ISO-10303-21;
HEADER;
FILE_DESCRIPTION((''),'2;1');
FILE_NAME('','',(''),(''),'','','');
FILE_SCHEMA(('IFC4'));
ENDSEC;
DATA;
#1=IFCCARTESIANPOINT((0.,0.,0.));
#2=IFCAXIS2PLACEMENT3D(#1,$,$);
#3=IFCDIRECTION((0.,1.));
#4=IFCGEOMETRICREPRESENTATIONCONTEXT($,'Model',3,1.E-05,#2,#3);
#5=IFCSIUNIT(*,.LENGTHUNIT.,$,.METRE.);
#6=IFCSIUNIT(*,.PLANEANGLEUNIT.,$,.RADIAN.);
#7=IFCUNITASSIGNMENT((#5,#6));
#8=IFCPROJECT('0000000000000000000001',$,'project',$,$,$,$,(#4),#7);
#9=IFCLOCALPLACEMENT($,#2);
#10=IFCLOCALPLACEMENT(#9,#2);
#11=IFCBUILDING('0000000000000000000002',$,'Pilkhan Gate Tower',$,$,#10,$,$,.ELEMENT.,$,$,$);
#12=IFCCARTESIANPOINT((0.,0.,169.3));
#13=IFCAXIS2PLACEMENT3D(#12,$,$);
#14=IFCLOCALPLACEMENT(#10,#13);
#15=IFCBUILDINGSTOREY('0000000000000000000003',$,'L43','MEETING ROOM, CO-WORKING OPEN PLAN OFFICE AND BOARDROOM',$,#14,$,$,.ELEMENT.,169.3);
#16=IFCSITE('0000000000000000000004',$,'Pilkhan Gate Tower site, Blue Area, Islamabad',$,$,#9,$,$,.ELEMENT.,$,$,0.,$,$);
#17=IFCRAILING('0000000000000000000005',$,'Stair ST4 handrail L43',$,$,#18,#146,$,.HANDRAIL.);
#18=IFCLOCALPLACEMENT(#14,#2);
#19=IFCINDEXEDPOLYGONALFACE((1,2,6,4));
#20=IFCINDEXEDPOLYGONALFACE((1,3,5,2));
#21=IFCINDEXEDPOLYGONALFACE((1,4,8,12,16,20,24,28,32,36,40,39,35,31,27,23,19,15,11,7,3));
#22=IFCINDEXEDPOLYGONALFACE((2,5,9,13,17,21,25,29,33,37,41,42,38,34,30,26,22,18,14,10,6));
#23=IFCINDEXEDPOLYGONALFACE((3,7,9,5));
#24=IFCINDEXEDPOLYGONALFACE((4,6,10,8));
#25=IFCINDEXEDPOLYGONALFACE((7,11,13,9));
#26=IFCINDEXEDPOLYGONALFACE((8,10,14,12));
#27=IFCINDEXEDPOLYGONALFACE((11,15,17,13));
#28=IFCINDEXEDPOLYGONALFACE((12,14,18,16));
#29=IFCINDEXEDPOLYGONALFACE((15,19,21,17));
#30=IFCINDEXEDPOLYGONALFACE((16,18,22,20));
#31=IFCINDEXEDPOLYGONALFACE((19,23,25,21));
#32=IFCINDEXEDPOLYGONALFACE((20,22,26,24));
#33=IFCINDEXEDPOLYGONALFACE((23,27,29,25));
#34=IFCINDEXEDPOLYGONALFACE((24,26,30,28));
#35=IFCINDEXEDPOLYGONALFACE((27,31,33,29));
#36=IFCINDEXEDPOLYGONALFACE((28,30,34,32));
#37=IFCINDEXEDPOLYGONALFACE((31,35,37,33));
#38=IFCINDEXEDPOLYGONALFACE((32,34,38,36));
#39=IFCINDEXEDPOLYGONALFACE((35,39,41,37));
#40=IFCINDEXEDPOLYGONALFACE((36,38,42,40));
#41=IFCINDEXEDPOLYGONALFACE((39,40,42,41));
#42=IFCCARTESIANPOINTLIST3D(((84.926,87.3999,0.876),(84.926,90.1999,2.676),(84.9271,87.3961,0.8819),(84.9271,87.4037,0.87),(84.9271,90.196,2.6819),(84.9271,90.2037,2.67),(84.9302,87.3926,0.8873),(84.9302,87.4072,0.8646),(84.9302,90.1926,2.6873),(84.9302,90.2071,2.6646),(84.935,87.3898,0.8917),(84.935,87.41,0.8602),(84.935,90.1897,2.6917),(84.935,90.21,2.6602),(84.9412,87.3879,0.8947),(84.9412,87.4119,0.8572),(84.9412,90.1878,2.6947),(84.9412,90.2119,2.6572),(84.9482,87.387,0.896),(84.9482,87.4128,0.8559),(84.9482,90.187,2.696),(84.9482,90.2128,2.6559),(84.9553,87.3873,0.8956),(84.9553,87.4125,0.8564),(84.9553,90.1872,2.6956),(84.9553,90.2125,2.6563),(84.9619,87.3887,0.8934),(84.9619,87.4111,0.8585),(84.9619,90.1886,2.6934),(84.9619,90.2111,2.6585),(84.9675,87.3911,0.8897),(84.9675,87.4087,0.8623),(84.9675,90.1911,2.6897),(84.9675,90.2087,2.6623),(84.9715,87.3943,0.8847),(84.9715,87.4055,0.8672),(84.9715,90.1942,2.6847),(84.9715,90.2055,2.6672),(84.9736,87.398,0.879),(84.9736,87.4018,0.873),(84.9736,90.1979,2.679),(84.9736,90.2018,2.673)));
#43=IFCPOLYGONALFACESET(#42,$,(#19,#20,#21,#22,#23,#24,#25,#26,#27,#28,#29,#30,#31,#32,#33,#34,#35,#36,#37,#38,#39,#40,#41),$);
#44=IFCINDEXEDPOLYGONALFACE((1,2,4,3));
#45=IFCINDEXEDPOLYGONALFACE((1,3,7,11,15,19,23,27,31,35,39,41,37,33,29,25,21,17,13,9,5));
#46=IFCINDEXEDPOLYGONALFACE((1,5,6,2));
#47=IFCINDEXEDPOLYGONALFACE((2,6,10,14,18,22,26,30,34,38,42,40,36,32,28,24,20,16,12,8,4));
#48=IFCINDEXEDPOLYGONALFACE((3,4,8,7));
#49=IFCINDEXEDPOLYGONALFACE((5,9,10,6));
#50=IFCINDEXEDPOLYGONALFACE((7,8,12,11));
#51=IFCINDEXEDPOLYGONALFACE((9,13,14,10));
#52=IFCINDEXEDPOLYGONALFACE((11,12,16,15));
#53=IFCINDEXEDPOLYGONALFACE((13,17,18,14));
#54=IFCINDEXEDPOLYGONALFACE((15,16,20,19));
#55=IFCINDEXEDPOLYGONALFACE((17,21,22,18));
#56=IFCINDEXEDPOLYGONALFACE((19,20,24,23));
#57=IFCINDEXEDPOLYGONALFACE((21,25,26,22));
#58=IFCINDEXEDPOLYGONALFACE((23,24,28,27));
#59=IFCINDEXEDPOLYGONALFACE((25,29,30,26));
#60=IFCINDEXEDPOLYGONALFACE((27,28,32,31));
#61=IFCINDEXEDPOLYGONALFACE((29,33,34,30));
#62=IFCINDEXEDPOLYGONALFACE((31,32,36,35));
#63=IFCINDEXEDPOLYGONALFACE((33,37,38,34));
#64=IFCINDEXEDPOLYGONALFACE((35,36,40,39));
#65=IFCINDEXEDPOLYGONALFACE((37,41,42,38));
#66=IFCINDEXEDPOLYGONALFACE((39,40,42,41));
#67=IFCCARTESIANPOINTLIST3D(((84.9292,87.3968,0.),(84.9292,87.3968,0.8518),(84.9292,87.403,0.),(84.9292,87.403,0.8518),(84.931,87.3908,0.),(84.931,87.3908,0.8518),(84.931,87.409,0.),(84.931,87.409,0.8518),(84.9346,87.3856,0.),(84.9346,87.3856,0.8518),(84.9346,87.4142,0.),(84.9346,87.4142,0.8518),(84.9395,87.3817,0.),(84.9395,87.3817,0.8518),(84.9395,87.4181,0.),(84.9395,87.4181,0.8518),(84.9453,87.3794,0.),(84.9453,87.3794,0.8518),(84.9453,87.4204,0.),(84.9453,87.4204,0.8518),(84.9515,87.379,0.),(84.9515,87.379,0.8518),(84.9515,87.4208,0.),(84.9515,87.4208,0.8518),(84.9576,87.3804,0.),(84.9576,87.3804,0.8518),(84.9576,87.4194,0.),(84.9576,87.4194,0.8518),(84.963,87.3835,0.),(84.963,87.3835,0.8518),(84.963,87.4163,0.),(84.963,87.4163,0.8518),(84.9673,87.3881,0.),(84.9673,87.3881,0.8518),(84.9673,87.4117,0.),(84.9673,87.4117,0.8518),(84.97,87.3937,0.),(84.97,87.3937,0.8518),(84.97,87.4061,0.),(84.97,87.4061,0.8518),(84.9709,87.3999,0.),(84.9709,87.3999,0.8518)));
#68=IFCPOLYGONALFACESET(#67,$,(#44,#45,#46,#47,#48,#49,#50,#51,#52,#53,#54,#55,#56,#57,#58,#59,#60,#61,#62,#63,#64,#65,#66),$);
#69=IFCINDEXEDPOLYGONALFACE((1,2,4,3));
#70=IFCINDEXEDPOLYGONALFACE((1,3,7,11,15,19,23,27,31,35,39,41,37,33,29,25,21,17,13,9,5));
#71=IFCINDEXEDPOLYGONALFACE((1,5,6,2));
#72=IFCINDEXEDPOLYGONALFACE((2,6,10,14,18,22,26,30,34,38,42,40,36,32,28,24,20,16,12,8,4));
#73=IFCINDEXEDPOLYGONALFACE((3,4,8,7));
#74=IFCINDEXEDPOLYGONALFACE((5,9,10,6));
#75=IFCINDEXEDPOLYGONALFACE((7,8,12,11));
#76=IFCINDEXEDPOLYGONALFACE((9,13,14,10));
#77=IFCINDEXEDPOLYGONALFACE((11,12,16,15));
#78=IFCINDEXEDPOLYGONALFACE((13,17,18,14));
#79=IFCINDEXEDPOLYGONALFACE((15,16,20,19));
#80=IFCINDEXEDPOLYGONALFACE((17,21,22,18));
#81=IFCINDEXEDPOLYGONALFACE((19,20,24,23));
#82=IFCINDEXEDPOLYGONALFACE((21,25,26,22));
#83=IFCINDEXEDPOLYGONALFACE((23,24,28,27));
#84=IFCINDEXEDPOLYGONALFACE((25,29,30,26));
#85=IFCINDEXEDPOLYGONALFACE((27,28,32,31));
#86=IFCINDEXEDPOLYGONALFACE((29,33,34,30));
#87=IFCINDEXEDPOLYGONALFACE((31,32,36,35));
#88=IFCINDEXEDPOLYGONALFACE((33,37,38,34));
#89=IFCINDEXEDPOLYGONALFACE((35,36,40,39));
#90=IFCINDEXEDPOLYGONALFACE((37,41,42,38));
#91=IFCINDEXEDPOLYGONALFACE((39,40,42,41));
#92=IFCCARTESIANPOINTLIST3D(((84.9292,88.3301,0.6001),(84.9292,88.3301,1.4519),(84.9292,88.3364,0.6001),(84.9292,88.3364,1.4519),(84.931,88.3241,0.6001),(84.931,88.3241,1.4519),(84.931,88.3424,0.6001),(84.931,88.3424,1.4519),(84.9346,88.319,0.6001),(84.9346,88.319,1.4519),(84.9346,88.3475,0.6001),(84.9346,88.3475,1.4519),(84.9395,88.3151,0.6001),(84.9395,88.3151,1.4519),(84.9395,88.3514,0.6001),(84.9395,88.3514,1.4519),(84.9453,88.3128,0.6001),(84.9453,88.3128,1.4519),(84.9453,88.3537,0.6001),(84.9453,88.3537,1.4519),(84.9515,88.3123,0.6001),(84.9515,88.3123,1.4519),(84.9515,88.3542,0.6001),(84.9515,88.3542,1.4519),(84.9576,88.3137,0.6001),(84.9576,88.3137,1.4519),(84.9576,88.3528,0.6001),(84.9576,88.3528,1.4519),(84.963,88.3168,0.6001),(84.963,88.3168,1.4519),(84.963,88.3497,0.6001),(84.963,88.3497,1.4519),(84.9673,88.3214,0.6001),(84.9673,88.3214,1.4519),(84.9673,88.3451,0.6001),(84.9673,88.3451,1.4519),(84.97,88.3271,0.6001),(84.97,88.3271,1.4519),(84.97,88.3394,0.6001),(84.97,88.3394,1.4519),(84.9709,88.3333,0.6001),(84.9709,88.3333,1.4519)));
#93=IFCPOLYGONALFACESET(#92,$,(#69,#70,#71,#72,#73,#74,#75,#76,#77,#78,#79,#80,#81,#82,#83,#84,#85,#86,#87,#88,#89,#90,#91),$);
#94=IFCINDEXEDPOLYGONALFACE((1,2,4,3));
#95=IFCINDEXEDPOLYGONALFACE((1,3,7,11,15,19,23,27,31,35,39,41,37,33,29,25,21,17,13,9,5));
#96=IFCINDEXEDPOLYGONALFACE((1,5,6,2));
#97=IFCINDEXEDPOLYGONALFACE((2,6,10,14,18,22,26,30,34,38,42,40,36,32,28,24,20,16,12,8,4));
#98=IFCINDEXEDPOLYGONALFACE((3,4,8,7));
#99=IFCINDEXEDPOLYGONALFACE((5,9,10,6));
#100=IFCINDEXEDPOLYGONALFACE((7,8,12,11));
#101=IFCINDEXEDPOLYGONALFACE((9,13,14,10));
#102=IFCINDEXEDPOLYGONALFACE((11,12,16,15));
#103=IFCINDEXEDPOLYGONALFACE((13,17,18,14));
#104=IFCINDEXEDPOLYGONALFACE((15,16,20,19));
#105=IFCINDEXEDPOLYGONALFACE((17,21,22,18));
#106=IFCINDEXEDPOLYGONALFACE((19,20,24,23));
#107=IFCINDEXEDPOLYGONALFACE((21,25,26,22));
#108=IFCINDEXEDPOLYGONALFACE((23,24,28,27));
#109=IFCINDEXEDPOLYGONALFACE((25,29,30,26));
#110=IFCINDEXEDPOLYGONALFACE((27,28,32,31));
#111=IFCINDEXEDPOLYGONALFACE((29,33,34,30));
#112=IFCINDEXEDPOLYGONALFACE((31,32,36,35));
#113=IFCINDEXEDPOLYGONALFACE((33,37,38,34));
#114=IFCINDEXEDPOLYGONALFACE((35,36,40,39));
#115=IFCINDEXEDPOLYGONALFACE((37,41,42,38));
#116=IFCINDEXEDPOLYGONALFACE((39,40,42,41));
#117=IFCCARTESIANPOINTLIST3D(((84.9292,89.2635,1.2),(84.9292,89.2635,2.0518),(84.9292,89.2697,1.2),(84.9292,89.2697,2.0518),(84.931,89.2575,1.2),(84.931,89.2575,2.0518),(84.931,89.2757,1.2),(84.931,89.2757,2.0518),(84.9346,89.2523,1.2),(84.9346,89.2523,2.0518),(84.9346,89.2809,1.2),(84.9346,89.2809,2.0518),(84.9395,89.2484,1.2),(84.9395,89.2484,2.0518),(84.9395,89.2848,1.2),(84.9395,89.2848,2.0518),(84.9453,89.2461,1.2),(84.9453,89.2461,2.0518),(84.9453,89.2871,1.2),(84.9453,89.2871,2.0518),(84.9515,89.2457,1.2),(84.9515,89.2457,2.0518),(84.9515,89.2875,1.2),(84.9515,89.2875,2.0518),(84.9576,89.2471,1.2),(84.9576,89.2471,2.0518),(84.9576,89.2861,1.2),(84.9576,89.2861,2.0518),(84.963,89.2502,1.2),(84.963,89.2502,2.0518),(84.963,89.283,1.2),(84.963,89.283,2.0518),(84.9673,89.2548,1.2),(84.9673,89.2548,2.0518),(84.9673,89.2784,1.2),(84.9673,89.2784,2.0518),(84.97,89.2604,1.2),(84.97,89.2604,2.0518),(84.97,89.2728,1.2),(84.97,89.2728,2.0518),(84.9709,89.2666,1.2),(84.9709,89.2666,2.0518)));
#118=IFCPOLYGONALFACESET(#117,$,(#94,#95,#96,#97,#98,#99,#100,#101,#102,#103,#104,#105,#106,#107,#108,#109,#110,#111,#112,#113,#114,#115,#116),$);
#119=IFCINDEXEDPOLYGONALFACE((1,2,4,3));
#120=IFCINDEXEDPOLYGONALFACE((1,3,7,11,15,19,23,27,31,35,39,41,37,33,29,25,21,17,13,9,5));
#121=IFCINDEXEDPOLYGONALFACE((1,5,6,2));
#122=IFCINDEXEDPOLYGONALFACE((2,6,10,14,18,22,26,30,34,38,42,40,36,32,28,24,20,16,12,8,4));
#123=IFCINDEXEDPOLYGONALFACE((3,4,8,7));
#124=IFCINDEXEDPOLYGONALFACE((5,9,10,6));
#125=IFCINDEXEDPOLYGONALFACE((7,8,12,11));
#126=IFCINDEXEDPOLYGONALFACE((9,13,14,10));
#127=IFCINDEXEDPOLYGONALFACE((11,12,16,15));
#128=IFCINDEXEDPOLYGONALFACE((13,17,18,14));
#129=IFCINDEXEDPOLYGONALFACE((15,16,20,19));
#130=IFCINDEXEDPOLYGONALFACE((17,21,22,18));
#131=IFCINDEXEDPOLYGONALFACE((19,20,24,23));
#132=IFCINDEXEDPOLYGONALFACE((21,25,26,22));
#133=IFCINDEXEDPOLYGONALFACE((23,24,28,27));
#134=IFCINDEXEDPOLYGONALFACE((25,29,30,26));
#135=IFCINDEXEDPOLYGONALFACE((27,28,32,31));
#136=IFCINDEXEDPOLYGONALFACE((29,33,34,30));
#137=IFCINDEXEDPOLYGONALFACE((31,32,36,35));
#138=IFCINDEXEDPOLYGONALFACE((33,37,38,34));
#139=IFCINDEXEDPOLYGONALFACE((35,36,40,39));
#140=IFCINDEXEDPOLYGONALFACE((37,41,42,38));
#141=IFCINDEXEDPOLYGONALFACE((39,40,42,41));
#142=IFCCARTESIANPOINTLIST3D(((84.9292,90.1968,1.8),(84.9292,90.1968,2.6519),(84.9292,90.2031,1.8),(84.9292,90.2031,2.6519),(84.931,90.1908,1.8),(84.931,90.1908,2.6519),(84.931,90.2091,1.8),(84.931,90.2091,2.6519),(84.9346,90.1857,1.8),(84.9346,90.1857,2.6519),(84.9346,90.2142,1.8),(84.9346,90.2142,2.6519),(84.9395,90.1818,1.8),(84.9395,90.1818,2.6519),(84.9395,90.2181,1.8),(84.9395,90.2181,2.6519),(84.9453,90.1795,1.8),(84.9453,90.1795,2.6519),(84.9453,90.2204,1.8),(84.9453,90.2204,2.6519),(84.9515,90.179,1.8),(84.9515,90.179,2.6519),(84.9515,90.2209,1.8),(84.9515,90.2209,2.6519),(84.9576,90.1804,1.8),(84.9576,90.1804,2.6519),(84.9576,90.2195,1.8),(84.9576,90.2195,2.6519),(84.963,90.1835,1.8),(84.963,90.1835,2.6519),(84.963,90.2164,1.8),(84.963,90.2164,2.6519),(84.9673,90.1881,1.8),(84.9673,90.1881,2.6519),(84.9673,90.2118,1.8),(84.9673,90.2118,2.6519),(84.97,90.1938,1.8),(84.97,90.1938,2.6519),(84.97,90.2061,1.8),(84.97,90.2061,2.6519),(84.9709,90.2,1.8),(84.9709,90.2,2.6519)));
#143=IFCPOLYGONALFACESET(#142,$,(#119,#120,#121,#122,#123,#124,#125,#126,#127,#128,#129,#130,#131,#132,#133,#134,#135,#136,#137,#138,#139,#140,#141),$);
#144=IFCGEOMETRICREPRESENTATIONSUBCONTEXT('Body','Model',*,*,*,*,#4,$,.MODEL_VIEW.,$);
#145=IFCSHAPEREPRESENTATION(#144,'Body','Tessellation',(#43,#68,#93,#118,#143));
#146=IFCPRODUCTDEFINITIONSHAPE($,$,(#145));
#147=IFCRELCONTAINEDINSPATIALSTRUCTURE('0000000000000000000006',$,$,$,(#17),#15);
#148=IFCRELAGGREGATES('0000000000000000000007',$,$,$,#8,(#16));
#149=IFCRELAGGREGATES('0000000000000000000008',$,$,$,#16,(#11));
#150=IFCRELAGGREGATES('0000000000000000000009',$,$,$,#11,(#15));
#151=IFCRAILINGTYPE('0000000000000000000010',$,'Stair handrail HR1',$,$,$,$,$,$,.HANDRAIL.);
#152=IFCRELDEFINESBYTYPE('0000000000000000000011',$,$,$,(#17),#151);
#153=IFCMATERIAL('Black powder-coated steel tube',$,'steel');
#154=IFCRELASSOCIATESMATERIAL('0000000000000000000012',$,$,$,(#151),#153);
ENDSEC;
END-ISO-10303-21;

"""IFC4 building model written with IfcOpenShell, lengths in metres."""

from ifc_helpers import new_model, si_unit, direction, frame, origin, origin_2d, place, context, subcontext, project, spatial, circle, extrude, material, type_object, element, save


model = new_model("IFC4")

# Units and contexts
model_context = context("Model", 3, precision=1e-05, world=origin(), true_north=direction((0.0, 1.0)))
body_context = subcontext(model_context, "Body", "Model", "MODEL_VIEW")
ifc_project = project(units=[si_unit("LENGTHUNIT", "METRE"), si_unit("PLANEANGLEUNIT", "RADIAN")], contexts=[model_context])

# Site, building, storey
site_placement = place(None, origin())
site = spatial("IfcSite", under=ifc_project, at=site_placement, Name="Pilkhan Gate Tower site, Blue Area, Islamabad", CompositionType="ELEMENT", RefElevation=0.0)
building_placement = place(site_placement, origin())
building = spatial("IfcBuilding", under=site, at=building_placement, Name="Pilkhan Gate Tower", CompositionType="ELEMENT")
storey_placement = place(building_placement, frame((0.0, 0.0, 169.3)))
storey = spatial("IfcBuildingStorey", under=building, at=storey_placement, Name="L43", Description="MEETING ROOM, CO-WORKING OPEN PLAN OFFICE AND BOARDROOM", CompositionType="ELEMENT", Elevation=169.3)

# Railing
ifc_material_1 = material(Name="Black powder-coated steel tube", Category="steel")
railing_type_1 = type_object("IfcRailingType", Name="Stair handrail HR1", PredefinedType="HANDRAIL", material=ifc_material_1)
railing_placement = place(storey_placement, frame((84.95, 87.3999, 0.0)))
element("IfcRailing", 1, at=railing_placement, inside=storey, type_object=railing_type_1, Name="Stair ST4 handrail L43", PredefinedType="HANDRAIL", context=body_context, shape_type="SweptSolid", body=[
    extrude(circle(Radius=0.0239, at=origin_2d()), frame((0.0, 0.0, 0.876), z_axis=(0.0, 0.841176, 0.540761), x_axis=(-1.0, 0.0, 0.0)), (0.0, 0.0, 1.0), 3.3286),
    extrude(circle(Radius=0.021, at=origin_2d()), origin(), (0.0, 0.0, 1.0), 0.8518),
    extrude(circle(Radius=0.021, at=origin_2d()), frame((0.0, 0.9333, 0.6001)), (0.0, 0.0, 1.0), 0.8518),
    extrude(circle(Radius=0.021, at=origin_2d()), frame((0.0, 1.8667, 1.2)), (0.0, 0.0, 1.0), 0.8518),
    extrude(circle(Radius=0.021, at=origin_2d()), frame((0.0, 2.8, 1.8)), (0.0, 0.0, 1.0), 0.8518),
])

save(model, "model.ifc")
